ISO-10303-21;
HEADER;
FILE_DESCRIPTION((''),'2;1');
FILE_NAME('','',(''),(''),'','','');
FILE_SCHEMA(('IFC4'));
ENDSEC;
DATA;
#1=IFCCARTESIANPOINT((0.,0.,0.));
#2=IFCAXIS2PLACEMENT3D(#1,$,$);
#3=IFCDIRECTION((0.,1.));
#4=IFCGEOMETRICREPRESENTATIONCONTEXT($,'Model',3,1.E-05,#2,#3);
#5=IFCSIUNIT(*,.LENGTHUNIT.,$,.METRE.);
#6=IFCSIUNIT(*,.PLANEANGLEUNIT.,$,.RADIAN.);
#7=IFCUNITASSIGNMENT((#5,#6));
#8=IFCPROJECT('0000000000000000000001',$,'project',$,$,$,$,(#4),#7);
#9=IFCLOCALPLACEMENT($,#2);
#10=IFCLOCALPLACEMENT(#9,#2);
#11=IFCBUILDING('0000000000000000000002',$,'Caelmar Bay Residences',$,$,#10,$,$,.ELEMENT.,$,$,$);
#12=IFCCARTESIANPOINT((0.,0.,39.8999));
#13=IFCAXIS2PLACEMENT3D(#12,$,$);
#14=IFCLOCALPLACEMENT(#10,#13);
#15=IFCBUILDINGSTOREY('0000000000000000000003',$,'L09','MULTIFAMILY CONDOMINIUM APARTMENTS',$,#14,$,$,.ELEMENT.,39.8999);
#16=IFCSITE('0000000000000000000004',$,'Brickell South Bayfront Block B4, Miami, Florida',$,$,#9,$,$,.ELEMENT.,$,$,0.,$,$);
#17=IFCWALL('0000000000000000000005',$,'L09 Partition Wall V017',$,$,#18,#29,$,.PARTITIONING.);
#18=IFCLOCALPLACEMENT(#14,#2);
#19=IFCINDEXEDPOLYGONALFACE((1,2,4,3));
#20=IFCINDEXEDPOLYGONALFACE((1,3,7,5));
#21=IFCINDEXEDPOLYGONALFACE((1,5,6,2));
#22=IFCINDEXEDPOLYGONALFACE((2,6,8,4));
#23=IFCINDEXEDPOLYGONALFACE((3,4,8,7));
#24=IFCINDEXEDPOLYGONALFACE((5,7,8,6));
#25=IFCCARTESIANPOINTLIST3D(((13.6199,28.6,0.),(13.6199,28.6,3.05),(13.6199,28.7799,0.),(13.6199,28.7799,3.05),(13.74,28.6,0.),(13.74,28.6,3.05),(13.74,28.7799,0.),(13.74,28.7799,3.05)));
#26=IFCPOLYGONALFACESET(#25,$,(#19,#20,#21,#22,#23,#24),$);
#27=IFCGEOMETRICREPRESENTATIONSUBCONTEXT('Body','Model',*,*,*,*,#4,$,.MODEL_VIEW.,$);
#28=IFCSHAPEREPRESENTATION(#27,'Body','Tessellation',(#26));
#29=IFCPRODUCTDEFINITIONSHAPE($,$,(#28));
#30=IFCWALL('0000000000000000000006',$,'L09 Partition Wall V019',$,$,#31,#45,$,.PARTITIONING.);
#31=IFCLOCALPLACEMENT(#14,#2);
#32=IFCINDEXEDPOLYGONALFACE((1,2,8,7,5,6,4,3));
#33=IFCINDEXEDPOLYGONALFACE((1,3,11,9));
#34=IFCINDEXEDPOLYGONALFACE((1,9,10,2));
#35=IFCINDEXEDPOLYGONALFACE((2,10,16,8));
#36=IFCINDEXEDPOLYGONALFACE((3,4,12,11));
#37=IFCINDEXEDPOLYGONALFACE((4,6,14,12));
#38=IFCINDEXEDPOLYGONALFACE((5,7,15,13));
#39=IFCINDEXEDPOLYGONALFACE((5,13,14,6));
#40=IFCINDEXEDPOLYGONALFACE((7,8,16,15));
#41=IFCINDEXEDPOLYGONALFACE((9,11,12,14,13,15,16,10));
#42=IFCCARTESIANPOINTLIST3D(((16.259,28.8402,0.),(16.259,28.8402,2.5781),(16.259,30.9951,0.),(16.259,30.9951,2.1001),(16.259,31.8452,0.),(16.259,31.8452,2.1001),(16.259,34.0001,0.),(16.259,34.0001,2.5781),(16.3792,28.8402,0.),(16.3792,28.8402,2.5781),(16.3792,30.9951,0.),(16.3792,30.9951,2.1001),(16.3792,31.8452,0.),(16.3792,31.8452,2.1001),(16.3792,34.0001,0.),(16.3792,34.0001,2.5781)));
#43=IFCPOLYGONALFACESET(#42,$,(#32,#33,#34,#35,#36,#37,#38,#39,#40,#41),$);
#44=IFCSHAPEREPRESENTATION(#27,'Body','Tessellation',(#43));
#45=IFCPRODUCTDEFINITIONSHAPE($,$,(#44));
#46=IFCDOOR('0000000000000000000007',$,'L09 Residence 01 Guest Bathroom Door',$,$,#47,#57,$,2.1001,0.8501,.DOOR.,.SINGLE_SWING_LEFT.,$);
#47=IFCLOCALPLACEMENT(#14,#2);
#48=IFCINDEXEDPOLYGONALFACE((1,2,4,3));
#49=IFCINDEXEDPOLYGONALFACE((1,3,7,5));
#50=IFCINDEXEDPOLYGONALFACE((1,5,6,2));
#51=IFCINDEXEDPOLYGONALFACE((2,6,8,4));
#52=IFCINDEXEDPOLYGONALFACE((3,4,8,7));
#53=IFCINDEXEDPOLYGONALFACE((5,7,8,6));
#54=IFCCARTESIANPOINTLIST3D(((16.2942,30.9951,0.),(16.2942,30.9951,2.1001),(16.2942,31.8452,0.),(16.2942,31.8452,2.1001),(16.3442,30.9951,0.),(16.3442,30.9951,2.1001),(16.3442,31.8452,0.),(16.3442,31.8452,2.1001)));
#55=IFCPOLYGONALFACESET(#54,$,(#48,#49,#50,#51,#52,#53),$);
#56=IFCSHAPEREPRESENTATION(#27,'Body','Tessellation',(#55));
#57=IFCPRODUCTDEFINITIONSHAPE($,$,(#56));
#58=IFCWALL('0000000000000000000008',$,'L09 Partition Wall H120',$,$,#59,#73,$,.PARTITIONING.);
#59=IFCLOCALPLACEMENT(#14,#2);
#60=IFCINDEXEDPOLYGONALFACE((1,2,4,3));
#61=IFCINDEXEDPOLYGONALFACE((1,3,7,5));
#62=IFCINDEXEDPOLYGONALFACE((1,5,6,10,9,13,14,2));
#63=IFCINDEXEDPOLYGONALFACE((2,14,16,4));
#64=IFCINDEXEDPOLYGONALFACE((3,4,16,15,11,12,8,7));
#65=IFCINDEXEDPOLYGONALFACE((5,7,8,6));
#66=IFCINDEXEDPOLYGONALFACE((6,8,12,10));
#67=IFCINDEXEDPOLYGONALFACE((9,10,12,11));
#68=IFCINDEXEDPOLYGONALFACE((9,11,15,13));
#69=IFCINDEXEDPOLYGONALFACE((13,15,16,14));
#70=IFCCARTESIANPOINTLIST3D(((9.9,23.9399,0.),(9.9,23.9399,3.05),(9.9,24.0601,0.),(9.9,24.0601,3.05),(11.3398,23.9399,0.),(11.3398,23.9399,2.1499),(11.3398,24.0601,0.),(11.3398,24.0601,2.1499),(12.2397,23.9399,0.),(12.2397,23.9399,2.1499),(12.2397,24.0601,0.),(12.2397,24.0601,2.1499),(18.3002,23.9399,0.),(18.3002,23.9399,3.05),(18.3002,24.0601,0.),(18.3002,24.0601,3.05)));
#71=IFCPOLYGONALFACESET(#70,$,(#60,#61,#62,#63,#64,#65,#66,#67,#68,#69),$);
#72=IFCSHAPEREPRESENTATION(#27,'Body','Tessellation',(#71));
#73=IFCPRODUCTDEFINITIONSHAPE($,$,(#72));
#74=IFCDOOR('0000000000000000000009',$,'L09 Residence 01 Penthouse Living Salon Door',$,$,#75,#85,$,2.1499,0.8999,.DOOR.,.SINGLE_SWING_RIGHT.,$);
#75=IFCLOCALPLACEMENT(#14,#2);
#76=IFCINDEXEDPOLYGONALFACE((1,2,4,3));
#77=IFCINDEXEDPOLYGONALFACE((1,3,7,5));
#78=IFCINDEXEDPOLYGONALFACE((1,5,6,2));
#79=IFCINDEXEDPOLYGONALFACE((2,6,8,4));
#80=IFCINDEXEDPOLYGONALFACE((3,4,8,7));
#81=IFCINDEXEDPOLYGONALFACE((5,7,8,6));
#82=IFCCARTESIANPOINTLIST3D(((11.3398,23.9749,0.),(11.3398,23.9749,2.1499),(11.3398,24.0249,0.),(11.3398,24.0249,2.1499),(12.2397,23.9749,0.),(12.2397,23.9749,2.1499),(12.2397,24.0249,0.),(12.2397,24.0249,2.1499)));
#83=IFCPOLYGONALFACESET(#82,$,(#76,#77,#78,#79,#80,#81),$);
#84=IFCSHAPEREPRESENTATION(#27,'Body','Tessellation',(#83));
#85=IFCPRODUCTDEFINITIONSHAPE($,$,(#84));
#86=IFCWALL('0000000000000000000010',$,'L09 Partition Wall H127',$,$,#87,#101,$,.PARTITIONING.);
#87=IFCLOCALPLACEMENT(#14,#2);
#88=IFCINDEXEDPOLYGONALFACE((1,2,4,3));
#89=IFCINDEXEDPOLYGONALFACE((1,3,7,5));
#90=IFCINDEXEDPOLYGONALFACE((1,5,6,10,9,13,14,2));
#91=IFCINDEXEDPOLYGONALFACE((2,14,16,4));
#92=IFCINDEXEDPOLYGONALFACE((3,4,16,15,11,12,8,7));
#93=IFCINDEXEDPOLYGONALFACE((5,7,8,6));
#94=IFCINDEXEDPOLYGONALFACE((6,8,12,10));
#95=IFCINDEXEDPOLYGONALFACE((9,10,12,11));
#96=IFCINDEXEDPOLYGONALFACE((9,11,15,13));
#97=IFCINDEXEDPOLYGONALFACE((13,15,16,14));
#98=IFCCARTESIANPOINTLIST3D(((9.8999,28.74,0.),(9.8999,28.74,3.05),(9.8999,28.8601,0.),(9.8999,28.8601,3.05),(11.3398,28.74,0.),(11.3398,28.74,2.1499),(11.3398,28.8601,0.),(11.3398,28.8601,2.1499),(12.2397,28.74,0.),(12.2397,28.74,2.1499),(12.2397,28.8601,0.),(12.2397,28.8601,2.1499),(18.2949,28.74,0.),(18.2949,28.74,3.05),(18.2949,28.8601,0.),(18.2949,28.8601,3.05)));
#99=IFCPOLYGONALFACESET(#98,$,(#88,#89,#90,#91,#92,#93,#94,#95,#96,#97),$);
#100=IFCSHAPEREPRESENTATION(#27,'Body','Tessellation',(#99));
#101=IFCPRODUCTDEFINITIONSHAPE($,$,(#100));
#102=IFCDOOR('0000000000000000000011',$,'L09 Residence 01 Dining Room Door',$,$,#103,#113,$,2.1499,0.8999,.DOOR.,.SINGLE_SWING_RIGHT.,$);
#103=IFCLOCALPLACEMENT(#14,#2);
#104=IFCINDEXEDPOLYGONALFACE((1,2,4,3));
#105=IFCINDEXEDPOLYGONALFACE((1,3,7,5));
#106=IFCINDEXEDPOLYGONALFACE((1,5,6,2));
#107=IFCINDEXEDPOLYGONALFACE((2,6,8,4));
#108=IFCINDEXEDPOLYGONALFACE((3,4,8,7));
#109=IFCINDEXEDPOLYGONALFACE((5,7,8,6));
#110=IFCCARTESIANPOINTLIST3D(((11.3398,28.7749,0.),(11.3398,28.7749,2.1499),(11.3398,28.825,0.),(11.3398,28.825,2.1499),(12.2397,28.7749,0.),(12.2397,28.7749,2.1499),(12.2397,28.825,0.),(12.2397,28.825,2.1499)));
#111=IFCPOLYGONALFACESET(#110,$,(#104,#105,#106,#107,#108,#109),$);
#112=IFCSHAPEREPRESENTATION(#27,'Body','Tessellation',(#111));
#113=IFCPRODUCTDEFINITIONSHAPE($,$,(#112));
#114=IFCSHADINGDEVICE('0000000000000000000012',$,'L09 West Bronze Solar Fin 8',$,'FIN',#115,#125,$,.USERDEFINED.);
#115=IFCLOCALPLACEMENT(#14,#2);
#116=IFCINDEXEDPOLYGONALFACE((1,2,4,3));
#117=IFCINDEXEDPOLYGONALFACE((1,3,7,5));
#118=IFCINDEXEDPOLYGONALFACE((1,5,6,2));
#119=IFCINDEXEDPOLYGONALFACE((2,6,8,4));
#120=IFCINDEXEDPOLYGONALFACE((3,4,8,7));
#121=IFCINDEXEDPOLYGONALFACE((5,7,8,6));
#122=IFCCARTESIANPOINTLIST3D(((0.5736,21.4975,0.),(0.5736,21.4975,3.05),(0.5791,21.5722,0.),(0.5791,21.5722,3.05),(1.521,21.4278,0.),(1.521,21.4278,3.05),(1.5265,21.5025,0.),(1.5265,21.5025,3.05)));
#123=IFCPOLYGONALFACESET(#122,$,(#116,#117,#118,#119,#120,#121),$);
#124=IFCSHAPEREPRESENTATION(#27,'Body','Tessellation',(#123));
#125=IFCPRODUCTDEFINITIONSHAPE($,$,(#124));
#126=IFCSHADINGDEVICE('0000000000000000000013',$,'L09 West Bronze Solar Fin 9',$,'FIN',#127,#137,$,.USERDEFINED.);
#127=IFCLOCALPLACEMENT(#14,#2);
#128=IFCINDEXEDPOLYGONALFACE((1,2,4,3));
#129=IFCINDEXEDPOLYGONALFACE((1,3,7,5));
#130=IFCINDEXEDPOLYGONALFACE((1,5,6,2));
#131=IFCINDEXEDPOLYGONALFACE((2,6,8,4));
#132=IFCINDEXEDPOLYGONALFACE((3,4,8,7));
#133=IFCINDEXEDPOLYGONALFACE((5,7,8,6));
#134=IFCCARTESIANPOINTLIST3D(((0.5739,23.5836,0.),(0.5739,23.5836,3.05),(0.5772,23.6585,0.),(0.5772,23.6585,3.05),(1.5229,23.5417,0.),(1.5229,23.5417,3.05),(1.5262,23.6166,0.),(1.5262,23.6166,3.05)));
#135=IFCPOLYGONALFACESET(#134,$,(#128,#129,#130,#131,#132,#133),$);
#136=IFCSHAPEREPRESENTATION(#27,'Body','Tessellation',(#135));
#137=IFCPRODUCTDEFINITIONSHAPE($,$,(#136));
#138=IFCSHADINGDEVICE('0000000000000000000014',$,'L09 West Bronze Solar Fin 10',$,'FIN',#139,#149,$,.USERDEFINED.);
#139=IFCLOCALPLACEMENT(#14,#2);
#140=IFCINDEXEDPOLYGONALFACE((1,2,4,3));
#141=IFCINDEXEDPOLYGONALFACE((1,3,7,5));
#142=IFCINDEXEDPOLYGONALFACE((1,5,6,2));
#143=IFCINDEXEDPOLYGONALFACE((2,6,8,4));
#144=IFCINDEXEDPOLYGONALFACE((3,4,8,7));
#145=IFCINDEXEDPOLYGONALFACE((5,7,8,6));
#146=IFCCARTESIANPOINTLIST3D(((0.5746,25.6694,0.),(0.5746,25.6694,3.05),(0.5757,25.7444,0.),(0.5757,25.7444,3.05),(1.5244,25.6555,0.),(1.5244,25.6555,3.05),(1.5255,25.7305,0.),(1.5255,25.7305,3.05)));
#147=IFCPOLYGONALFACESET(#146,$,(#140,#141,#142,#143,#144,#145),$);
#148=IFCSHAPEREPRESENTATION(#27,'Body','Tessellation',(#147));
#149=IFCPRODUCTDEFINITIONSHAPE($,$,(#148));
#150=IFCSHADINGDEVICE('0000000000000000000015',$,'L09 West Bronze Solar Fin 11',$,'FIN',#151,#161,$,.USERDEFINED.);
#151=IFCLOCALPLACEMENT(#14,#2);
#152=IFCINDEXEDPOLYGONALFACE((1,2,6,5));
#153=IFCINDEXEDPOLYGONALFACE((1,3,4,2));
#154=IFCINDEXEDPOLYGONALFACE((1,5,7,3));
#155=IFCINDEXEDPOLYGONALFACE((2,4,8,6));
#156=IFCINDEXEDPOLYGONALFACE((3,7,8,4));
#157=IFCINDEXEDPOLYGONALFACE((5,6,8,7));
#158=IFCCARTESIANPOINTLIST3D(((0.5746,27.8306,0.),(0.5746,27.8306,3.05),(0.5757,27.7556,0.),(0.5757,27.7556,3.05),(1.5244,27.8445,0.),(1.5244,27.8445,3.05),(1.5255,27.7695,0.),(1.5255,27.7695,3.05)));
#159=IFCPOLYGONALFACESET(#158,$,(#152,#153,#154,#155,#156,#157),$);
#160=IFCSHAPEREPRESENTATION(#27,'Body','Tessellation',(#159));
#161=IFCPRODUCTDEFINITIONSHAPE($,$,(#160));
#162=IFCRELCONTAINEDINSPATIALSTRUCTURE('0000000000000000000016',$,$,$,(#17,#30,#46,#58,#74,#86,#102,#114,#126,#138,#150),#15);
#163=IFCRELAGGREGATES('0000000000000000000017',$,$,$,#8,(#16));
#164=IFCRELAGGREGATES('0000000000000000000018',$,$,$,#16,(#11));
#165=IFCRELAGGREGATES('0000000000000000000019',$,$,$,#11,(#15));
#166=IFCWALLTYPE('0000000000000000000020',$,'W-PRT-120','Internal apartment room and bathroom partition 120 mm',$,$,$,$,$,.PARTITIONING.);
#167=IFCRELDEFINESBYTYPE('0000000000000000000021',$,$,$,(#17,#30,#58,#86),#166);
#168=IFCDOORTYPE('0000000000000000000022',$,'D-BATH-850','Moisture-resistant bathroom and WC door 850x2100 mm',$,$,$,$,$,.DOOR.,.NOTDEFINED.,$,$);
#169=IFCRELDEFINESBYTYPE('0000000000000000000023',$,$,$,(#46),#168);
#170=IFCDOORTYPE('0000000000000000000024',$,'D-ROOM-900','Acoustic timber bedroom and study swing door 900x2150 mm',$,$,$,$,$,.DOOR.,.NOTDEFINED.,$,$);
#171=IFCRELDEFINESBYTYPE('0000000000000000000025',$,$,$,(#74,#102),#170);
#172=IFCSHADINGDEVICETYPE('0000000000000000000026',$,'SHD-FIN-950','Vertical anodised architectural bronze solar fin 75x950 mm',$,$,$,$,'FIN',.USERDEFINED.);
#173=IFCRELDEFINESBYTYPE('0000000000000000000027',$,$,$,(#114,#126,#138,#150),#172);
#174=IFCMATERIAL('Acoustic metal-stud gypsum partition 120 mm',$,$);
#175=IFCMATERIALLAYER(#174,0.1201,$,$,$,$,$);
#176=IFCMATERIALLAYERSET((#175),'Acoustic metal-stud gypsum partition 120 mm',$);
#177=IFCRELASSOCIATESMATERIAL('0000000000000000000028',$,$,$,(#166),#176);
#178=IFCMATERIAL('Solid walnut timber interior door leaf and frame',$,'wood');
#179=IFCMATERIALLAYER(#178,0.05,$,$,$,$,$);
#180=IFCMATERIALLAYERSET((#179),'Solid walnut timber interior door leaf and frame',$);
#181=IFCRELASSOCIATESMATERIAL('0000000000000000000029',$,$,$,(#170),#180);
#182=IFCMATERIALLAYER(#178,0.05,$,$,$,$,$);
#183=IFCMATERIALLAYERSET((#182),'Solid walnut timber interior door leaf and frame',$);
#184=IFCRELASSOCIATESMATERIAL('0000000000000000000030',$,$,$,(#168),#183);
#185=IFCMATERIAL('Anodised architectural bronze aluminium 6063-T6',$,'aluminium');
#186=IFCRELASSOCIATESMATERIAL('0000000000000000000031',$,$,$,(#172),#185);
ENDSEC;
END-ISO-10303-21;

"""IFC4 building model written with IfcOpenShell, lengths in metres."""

from ifc_helpers import new_model, si_unit, direction, frame, frame_2d, origin, origin_2d, place, context, subcontext, project, spatial, rectangle, extrude, material, layer, layer_set, material_profile, profile_set, type_object, element, fill, save


model = new_model("IFC4")

# Units and contexts
model_context = context("Model", 3, precision=1e-05, world=origin(), true_north=direction((0.0, 1.0)))
body_context = subcontext(model_context, "Body", "Model", "MODEL_VIEW")
ifc_project = project(units=[si_unit("LENGTHUNIT", "METRE"), si_unit("PLANEANGLEUNIT", "RADIAN")], contexts=[model_context])

# Site, building, storey
site_placement = place(None, origin())
site = spatial("IfcSite", under=ifc_project, at=site_placement, Name="Brickell South Bayfront Block B4, Miami, Florida", CompositionType="ELEMENT", RefElevation=0.0)
building_placement = place(site_placement, origin())
building = spatial("IfcBuilding", under=site, at=building_placement, Name="Caelmar Bay Residences", CompositionType="ELEMENT")
storey_placement = place(building_placement, frame((0.0, 0.0, 39.8999)))
storey = spatial("IfcBuildingStorey", under=building, at=storey_placement, Name="L09", Description="MULTIFAMILY CONDOMINIUM APARTMENTS", CompositionType="ELEMENT", Elevation=39.8999)

# Shared definitions
ifc_material_1 = material(Name="Acoustic metal-stud gypsum partition 120 mm")
ifc_layer_1 = layer(ifc_material_1, 0.1201)
ifc_layer_set_1 = layer_set([ifc_layer_1], Name="Acoustic metal-stud gypsum partition 120 mm")
wall_type_1 = type_object("IfcWallType", Name="W-PRT-120", Description="Internal apartment room and bathroom partition 120 mm", PredefinedType="PARTITIONING", material=ifc_layer_set_1)

# Shared definitions
ifc_material_2 = material(Name="Solid walnut timber interior door leaf and frame", Category="wood")
ifc_layer_2 = layer(ifc_material_2, 0.05)
ifc_layer_set_2 = layer_set([ifc_layer_2], Name="Solid walnut timber interior door leaf and frame")
door_type_1 = type_object("IfcDoorType", Name="D-ROOM-900", Description="Acoustic timber bedroom and study swing door 900x2150 mm", OperationType="NOTDEFINED", PredefinedType="DOOR", material=ifc_layer_set_2)

# Wall
wall_1_placement = place(storey_placement, frame((13.6799, 28.6001, 0.0), z_axis=(0.0, 0.0, 1.0), x_axis=(0.0, 1.0, 0.0)))
element("IfcWall", 1, at=wall_1_placement, inside=storey, type_object=wall_type_1, Name="L09 Partition Wall V017", PredefinedType="PARTITIONING", context=body_context, shape_type="SweptSolid", body=[
    extrude(rectangle(XDim=0.1799, YDim=0.1201, at=frame_2d((0.0898, 0.0))), origin(), (0.0, 0.0, 1.0), 3.05),
])

# Walls, openings, doors
wall_2_placement = place(storey_placement, frame((16.3191, 28.8401, 0.0), z_axis=(0.0, 0.0, 1.0), x_axis=(0.0, 1.0, 0.0)))
wall_2 = element("IfcWall", 2, at=wall_2_placement, inside=storey, type_object=wall_type_1, Name="L09 Partition Wall V019", PredefinedType="PARTITIONING", context=body_context, shape_type="SweptSolid", body=[
    extrude(rectangle(XDim=5.1599, YDim=0.1201, at=frame_2d((2.5801, 0.0))), origin(), (0.0, 0.0, 1.0), 2.5781),
])
opening_1_placement = place(wall_2_placement, frame((2.155, 0.0, 0.0)))
opening_1 = element("IfcOpeningElement", 3, at=opening_1_placement, cuts=wall_2, PredefinedType="OPENING", context=body_context, shape_type="SweptSolid", body=[
    extrude(rectangle(XDim=0.8501, YDim=2.1001, at=frame_2d((0.425, 1.05))), frame((0.0, 0.0701, 0.0), z_axis=(0.0, -1.0, 0.0), x_axis=(1.0, 0.0, 0.0)), (0.0, 0.0, 1.0), 0.1401),
])
ifc_layer_3 = layer(ifc_material_2, 0.05)
ifc_layer_set_3 = layer_set([ifc_layer_3], Name="Solid walnut timber interior door leaf and frame")
door_type_2 = type_object("IfcDoorType", Name="D-BATH-850", Description="Moisture-resistant bathroom and WC door 850x2100 mm", OperationType="NOTDEFINED", PredefinedType="DOOR", material=ifc_layer_set_3)
door_1_placement = place(opening_1_placement, origin())
door_1 = element("IfcDoor", 4, at=door_1_placement, inside=storey, type_object=door_type_2, Name="L09 Residence 01 Guest Bathroom Door", OperationType="SINGLE_SWING_LEFT", OverallHeight=2.1001, OverallWidth=0.8501, PredefinedType="DOOR", context=body_context, shape_type="SweptSolid", body=[
    extrude(rectangle(XDim=0.8501, YDim=2.1001, at=frame_2d((0.425, 1.05))), frame((0.0, 0.0249, 0.0), z_axis=(0.0, -1.0, 0.0), x_axis=(1.0, 0.0, 0.0)), (0.0, 0.0, 1.0), 0.05),
])
fill(opening_1, door_1)
wall_3_placement = place(storey_placement, frame((9.8999, 24.0, 0.0), z_axis=(0.0, 0.0, 1.0), x_axis=(1.0, 0.0, 0.0)))
wall_3 = element("IfcWall", 5, at=wall_3_placement, inside=storey, type_object=wall_type_1, Name="L09 Partition Wall H120", PredefinedType="PARTITIONING", context=body_context, shape_type="SweptSolid", body=[
    extrude(rectangle(XDim=8.4001, YDim=0.1201, at=frame_2d((4.2002, 0.0))), origin(), (0.0, 0.0, 1.0), 3.05),
])
opening_2_placement = place(wall_3_placement, frame((1.4399, 0.0, 0.0)))
opening_2 = element("IfcOpeningElement", 6, at=opening_2_placement, cuts=wall_3, PredefinedType="OPENING", context=body_context, shape_type="SweptSolid", body=[
    extrude(rectangle(XDim=0.8999, YDim=2.1499, at=frame_2d((0.45, 1.075))), frame((0.0, 0.0701, 0.0), z_axis=(0.0, -1.0, 0.0), x_axis=(1.0, 0.0, 0.0)), (0.0, 0.0, 1.0), 0.1401),
])
door_2_placement = place(opening_2_placement, origin())
door_2 = element("IfcDoor", 7, at=door_2_placement, inside=storey, type_object=door_type_1, Name="L09 Residence 01 Penthouse Living Salon Door", OperationType="SINGLE_SWING_RIGHT", OverallHeight=2.1499, OverallWidth=0.8999, PredefinedType="DOOR", context=body_context, shape_type="SweptSolid", body=[
    extrude(rectangle(XDim=0.8999, YDim=2.1499, at=frame_2d((0.45, 1.075))), frame((0.0, 0.0249, 0.0), z_axis=(0.0, -1.0, 0.0), x_axis=(1.0, 0.0, 0.0)), (0.0, 0.0, 1.0), 0.05),
])
fill(opening_2, door_2)
wall_4_placement = place(storey_placement, frame((9.8999, 28.8, 0.0), z_axis=(0.0, 0.0, 1.0), x_axis=(1.0, 0.0, 0.0)))
wall_4 = element("IfcWall", 8, at=wall_4_placement, inside=storey, type_object=wall_type_1, Name="L09 Partition Wall H127", PredefinedType="PARTITIONING", context=body_context, shape_type="SweptSolid", body=[
    extrude(rectangle(XDim=8.395, YDim=0.1201, at=frame_2d((4.1975, 0.0))), origin(), (0.0, 0.0, 1.0), 3.05),
])
opening_3_placement = place(wall_4_placement, frame((1.4399, 0.0, 0.0)))
opening_3 = element("IfcOpeningElement", 9, at=opening_3_placement, cuts=wall_4, PredefinedType="OPENING", context=body_context, shape_type="SweptSolid", body=[
    extrude(rectangle(XDim=0.8999, YDim=2.1499, at=frame_2d((0.45, 1.075))), frame((0.0, 0.0701, 0.0), z_axis=(0.0, -1.0, 0.0), x_axis=(1.0, 0.0, 0.0)), (0.0, 0.0, 1.0), 0.1401),
])
door_3_placement = place(opening_3_placement, origin())
door_3 = element("IfcDoor", 10, at=door_3_placement, inside=storey, type_object=door_type_1, Name="L09 Residence 01 Dining Room Door", OperationType="SINGLE_SWING_RIGHT", OverallHeight=2.1499, OverallWidth=0.8999, PredefinedType="DOOR", context=body_context, shape_type="SweptSolid", body=[
    extrude(rectangle(XDim=0.8999, YDim=2.1499, at=frame_2d((0.45, 1.075))), frame((0.0, 0.0249, 0.0), z_axis=(0.0, -1.0, 0.0), x_axis=(1.0, 0.0, 0.0)), (0.0, 0.0, 1.0), 0.05),
])
fill(opening_3, door_3)

# Shading devices
ifc_material_3 = material(Name="Anodised architectural bronze aluminium 6063-T6", Category="aluminium")
ifc_material_profile_1 = material_profile(ifc_material_3, rectangle(XDim=0.075, YDim=0.95, at=origin_2d()), Name="BRONZE-FIN-75X950")
ifc_profile_set_1 = profile_set([ifc_material_profile_1], Name="Anodised architectural bronze aluminium 6063-T6")
shading_device_type = type_object("IfcShadingDeviceType", Name="SHD-FIN-950", Description="Vertical anodised architectural bronze solar fin 75x950 mm", ElementType="FIN", PredefinedType="USERDEFINED", material=ifc_profile_set_1)
for number, where, z_axis, x_axis, name in (
    (11, (1.05, 21.5, 0.0), (0.0, 0.0, 1.0), (0.073412, 0.997302, 0.0), "L09 West Bronze Solar Fin 8"),
    (12, (1.05, 23.6001, 0.0), (0.0, 0.0, 1.0), (0.044142, 0.999025, 0.0), "L09 West Bronze Solar Fin 9"),
    (13, (1.05, 25.7, 0.0), (0.0, 0.0, 1.0), (0.01466, 0.999893, 0.0), "L09 West Bronze Solar Fin 10"),
    (14, (1.05, 27.8, 0.0), (0.0, 0.0, 1.0), (-0.01466, 0.999893, 0.0), "L09 West Bronze Solar Fin 11"),
):
    element("IfcShadingDevice", number, at=place(storey_placement, frame(where, z_axis=z_axis, x_axis=x_axis)), inside=storey, type_object=shading_device_type, Name=name, ObjectType="FIN", PredefinedType="USERDEFINED", context=body_context, shape_type="SweptSolid", body=[
        extrude(rectangle(XDim=0.075, YDim=0.95, at=origin_2d()), origin(), (0.0, 0.0, 1.0), 3.05),
    ])

save(model, "model.ifc")
